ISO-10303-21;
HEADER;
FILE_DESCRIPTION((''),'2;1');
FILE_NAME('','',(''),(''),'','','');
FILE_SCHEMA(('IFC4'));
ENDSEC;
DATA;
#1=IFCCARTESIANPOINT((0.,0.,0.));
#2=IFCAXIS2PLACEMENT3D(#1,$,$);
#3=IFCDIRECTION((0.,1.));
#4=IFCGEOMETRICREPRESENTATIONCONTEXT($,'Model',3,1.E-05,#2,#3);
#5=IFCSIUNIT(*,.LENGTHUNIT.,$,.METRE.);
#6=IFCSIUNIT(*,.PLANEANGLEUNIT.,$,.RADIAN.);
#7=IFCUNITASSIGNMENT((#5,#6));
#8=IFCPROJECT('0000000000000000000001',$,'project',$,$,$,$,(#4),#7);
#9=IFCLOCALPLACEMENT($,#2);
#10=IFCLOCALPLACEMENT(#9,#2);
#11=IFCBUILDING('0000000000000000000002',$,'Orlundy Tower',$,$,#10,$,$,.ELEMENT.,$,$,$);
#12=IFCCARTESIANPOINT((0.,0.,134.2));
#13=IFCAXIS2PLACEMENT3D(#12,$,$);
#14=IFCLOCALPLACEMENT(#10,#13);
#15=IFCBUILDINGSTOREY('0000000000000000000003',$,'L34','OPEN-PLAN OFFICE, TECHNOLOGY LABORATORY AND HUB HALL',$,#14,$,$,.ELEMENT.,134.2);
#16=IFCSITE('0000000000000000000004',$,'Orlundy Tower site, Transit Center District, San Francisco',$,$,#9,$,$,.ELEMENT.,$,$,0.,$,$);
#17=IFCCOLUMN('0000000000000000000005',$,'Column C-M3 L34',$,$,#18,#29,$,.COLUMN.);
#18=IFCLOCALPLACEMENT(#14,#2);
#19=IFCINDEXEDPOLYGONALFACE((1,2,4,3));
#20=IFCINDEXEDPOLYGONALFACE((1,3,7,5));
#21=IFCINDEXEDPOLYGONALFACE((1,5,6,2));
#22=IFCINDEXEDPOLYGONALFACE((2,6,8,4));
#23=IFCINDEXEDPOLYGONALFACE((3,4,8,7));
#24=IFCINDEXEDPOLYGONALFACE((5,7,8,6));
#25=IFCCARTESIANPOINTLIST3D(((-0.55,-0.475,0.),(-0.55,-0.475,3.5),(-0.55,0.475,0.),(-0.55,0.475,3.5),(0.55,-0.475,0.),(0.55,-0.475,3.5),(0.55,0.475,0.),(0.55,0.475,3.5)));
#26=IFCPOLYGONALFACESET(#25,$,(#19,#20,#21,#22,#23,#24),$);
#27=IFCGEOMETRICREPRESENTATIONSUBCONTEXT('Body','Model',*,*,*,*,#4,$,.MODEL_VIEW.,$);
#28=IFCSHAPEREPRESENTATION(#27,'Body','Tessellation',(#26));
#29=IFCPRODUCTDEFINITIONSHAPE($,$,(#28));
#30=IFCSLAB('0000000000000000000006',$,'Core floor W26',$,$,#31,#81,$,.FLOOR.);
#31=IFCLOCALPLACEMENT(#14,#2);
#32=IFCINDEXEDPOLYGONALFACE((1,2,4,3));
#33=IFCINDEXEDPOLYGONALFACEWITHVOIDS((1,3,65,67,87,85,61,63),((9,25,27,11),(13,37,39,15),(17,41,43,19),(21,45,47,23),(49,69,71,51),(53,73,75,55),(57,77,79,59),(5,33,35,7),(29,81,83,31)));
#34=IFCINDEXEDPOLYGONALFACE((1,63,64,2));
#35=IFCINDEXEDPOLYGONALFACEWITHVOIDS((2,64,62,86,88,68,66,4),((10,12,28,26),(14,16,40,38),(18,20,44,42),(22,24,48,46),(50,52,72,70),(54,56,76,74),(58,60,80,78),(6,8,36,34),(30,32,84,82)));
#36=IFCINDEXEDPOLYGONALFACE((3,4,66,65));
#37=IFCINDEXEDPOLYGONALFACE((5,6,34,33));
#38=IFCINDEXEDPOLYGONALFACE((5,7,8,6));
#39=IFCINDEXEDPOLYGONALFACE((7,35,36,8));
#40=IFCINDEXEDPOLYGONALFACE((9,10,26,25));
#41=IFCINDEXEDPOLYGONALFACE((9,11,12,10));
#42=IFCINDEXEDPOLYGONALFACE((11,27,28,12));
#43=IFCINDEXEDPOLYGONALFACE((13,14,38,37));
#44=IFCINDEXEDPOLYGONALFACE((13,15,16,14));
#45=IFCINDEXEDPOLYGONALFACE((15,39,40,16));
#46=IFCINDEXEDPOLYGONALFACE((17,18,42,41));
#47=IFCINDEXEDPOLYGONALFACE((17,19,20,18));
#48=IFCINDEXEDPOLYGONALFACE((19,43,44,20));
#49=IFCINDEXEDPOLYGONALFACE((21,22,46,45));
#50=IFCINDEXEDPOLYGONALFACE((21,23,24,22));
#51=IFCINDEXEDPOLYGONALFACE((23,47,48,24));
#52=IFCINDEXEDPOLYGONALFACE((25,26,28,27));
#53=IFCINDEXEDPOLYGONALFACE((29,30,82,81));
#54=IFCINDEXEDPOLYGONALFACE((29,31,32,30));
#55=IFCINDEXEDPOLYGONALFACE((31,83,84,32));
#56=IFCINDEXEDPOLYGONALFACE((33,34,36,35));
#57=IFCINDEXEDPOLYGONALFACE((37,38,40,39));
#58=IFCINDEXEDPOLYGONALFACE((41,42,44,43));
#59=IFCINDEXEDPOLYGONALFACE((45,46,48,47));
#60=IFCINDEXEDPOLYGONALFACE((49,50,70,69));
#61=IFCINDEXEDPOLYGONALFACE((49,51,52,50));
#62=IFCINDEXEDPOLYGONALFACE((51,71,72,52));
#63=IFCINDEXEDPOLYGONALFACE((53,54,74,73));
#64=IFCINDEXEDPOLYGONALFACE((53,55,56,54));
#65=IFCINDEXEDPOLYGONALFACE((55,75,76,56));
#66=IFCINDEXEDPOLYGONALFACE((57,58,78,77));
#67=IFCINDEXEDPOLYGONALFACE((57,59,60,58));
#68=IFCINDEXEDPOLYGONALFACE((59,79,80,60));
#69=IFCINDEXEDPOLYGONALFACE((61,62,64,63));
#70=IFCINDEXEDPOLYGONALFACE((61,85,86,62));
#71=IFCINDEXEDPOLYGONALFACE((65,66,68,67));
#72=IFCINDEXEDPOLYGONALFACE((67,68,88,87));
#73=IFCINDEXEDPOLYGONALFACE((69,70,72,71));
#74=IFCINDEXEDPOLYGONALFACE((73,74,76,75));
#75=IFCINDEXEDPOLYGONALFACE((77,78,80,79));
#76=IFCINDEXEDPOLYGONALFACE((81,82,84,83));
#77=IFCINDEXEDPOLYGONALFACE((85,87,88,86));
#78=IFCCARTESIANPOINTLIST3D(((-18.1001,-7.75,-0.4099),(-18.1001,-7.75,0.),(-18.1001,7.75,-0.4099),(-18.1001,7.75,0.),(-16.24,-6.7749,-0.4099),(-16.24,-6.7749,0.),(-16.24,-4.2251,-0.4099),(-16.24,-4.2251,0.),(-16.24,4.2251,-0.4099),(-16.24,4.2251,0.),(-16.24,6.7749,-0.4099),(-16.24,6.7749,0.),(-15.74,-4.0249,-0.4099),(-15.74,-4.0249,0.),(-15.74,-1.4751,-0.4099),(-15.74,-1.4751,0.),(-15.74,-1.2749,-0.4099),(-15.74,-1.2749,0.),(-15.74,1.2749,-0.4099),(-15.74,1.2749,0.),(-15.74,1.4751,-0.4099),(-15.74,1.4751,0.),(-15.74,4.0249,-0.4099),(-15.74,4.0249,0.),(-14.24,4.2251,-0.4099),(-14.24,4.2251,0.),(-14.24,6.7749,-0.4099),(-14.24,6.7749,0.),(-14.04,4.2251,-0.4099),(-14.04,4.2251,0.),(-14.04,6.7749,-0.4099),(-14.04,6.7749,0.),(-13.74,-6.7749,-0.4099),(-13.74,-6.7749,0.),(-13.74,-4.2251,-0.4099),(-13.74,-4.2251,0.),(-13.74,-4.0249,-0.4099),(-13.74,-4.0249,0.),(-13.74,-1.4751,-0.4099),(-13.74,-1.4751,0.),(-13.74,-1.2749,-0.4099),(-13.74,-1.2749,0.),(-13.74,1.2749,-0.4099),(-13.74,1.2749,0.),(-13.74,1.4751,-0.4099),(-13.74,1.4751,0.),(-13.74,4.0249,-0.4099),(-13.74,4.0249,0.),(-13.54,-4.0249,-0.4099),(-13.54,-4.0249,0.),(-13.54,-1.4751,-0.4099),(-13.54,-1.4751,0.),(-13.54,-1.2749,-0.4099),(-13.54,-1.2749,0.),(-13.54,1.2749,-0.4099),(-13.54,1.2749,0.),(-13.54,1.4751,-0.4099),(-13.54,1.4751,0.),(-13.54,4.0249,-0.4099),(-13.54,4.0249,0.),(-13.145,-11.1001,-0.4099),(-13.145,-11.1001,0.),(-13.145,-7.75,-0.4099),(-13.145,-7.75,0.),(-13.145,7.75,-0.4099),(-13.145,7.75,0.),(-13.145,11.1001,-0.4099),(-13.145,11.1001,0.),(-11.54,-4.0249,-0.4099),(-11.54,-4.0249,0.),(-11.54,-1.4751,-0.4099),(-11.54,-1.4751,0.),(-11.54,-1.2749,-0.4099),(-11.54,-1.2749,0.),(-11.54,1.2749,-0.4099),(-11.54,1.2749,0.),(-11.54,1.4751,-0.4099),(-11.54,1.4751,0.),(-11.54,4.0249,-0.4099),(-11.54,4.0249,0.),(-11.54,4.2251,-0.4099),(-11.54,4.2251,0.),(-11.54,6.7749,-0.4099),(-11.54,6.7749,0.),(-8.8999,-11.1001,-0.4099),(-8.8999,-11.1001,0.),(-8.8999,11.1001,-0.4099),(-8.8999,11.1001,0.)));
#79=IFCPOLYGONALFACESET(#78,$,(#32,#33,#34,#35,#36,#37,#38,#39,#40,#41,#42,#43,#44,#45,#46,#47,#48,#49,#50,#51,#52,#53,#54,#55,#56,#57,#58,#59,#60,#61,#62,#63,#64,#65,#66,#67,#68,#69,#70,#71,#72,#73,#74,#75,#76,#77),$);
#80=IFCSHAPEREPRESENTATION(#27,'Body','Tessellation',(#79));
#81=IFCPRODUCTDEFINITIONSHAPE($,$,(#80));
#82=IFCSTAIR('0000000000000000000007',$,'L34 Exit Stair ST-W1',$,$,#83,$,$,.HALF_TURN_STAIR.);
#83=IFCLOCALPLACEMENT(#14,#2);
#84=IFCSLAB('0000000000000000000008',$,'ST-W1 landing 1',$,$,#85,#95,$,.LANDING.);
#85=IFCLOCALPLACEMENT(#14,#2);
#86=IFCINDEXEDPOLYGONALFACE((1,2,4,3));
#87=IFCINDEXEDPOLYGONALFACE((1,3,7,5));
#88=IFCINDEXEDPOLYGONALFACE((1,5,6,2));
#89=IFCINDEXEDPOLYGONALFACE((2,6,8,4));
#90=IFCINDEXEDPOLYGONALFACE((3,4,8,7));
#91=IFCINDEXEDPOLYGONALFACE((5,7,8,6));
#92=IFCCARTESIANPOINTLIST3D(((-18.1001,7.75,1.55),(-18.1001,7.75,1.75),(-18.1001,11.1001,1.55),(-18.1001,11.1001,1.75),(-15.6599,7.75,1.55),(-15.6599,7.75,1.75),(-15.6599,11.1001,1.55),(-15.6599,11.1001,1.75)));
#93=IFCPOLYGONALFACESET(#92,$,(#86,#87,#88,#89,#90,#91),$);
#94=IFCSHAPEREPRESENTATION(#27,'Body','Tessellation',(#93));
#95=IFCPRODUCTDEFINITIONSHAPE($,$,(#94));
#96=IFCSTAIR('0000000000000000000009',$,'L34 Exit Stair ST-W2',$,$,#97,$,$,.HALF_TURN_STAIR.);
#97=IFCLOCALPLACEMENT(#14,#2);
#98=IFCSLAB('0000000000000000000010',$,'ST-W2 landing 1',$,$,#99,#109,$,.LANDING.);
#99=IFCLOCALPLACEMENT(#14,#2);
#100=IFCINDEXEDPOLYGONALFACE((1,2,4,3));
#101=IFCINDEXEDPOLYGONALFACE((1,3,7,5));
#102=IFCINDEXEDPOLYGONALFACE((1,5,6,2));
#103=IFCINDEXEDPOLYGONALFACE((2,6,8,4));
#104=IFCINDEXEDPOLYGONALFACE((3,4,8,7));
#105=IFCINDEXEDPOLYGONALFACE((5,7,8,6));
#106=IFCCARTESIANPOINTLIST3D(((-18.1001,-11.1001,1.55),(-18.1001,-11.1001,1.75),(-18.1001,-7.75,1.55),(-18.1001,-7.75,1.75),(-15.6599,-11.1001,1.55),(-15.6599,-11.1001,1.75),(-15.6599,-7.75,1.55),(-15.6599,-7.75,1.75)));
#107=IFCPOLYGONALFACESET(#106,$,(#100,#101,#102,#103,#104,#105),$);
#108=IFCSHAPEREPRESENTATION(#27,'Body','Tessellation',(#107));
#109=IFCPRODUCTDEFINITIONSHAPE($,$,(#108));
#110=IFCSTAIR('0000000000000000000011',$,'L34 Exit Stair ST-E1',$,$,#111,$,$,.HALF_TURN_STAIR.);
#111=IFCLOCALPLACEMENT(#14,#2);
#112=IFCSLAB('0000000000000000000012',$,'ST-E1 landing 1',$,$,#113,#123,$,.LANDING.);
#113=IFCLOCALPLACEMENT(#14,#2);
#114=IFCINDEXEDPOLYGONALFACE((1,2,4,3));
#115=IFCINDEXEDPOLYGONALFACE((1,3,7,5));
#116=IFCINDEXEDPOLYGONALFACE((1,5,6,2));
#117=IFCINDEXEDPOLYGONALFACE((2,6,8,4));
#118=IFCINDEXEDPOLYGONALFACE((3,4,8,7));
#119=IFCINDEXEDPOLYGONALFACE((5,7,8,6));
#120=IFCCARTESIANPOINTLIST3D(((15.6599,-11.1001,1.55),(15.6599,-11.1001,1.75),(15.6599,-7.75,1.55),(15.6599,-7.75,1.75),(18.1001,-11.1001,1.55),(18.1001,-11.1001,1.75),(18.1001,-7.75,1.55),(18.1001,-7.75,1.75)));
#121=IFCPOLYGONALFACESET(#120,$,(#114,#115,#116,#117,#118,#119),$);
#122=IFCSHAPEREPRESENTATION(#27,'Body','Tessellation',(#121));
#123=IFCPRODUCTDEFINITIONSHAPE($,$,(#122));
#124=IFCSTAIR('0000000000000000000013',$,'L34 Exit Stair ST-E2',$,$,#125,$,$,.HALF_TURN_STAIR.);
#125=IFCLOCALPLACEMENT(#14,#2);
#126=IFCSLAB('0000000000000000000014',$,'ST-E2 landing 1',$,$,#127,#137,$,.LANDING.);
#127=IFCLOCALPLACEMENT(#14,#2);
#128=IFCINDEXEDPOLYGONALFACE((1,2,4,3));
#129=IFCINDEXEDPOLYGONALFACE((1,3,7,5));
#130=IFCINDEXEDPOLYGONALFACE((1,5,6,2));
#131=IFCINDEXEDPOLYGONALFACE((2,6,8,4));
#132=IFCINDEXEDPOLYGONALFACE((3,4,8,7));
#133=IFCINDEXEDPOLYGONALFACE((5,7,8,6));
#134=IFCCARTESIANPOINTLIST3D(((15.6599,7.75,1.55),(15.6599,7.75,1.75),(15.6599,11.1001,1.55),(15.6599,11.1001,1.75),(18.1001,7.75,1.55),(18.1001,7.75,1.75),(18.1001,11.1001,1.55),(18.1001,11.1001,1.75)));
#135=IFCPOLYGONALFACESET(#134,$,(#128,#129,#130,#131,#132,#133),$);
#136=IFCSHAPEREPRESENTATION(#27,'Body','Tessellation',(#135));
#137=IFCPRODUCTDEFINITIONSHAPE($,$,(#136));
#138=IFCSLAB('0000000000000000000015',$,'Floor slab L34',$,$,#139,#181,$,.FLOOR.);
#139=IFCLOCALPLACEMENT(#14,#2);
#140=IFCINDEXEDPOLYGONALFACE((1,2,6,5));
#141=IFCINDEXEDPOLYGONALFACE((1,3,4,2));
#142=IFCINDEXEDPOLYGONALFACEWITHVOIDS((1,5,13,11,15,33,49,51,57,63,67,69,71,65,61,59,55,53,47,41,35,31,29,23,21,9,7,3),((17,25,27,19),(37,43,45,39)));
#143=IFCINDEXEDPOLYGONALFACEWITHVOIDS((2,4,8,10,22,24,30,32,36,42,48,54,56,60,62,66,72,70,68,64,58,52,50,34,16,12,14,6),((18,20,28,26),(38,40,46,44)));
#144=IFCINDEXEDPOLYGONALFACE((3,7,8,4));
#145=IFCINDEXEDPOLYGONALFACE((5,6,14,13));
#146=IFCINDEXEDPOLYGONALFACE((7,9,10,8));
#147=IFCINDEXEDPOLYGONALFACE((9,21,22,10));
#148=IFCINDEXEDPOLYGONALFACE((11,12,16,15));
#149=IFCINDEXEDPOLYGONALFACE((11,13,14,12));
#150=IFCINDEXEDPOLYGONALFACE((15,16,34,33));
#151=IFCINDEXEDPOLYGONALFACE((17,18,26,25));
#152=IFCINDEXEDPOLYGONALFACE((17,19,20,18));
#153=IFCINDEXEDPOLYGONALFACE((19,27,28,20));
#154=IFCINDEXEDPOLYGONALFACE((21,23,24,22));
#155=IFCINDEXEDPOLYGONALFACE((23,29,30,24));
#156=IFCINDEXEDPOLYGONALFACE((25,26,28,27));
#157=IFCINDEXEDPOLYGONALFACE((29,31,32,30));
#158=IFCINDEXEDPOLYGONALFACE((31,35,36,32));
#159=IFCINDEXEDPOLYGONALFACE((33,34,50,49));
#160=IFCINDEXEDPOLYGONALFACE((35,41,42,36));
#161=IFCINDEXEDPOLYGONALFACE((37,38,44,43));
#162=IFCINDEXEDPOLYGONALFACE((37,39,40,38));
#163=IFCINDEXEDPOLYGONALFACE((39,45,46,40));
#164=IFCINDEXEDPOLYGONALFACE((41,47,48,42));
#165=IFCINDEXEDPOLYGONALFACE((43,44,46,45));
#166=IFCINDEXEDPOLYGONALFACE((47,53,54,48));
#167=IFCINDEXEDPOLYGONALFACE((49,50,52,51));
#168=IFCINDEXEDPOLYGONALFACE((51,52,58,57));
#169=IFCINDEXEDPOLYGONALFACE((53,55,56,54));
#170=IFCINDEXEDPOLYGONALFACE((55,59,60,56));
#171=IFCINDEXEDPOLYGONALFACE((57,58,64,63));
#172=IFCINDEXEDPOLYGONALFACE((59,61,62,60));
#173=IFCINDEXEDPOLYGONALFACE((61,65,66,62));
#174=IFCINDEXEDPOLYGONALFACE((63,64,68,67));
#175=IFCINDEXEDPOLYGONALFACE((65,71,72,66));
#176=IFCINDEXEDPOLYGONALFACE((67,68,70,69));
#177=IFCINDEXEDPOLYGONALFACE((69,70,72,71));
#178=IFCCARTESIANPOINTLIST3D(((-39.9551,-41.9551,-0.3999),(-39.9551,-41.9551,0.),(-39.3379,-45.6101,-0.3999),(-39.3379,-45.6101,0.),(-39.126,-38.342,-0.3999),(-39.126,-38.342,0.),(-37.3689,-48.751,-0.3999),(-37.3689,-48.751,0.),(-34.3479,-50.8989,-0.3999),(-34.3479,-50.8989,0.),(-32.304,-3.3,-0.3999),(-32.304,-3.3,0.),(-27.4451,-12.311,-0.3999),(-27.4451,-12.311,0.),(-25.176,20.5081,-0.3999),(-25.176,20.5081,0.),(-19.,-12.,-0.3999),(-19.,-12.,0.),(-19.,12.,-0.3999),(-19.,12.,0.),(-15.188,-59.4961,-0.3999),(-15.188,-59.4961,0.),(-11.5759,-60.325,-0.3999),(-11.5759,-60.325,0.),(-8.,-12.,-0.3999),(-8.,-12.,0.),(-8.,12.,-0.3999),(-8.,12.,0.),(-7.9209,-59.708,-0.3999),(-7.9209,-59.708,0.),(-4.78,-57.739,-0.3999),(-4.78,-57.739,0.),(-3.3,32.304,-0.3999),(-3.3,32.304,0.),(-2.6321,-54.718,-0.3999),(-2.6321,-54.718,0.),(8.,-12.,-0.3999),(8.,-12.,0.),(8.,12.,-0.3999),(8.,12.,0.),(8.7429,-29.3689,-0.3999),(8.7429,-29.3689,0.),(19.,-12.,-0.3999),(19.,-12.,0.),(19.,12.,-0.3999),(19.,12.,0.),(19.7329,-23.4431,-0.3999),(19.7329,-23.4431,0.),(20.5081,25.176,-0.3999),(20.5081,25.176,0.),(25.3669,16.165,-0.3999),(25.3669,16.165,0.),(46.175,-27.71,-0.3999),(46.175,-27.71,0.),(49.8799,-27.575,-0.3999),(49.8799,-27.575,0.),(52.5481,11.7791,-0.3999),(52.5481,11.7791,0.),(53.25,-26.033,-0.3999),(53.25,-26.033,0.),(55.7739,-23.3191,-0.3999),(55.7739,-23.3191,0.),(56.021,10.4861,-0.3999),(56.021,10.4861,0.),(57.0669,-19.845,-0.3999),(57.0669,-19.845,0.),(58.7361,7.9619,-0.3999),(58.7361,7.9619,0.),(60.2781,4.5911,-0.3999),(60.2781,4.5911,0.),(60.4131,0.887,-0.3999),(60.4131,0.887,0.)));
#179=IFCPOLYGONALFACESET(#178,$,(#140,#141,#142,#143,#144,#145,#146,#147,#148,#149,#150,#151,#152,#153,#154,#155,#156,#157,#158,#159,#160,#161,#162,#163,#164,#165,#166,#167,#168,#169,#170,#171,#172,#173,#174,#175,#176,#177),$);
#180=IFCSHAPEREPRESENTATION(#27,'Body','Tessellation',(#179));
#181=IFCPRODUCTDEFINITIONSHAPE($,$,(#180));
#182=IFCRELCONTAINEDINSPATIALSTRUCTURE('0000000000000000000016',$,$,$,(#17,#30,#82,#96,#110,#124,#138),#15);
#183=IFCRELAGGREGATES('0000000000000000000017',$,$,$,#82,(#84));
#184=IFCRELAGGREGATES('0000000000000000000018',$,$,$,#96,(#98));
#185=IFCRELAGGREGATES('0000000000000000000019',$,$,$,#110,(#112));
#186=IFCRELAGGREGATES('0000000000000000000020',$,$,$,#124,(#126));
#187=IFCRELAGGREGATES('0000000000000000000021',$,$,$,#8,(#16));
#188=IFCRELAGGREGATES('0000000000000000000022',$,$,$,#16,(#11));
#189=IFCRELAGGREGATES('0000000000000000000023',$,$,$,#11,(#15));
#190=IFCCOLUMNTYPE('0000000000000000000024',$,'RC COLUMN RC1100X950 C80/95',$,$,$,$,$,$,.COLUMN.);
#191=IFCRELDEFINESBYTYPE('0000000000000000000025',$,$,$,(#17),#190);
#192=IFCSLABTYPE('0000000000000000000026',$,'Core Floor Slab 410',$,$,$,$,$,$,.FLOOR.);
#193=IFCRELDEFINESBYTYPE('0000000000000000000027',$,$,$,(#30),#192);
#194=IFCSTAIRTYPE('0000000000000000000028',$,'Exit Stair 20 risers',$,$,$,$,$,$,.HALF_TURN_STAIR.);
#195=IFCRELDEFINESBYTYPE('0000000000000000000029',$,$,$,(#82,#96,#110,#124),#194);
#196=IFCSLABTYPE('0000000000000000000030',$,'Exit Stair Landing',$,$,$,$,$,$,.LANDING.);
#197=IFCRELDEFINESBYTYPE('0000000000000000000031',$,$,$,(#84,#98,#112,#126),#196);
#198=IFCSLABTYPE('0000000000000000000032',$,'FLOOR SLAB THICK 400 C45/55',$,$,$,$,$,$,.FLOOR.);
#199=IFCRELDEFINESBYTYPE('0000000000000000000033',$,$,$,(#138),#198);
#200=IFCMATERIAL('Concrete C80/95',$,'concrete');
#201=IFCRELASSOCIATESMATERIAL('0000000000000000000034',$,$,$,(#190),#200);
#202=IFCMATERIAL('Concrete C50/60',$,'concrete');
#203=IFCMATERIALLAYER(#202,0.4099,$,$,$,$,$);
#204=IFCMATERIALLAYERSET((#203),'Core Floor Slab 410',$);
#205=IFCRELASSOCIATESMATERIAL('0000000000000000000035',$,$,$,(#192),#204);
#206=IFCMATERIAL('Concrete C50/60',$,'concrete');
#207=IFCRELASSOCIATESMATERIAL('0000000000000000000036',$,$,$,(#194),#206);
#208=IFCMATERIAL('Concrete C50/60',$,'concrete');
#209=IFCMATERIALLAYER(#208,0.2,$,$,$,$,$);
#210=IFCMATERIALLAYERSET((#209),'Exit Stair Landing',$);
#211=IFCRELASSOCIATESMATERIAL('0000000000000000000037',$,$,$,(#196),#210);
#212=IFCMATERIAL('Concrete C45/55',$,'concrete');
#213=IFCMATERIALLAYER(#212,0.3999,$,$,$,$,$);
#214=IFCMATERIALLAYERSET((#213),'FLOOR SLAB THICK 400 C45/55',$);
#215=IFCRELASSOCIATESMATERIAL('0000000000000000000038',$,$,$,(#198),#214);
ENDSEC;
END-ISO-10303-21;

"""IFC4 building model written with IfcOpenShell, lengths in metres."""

from ifc_helpers import new_model, si_unit, direction, frame, origin, origin_with_axes, origin_2d, place, context, subcontext, project, spatial, polyline, rectangle, outline, extrude, material, layer, layer_set, material_profile, profile_set, type_object, element, aggregate, save


model = new_model("IFC4")

# Units and contexts
model_context = context("Model", 3, precision=1e-05, world=origin(), true_north=direction((0.0, 1.0)))
body_context = subcontext(model_context, "Body", "Model", "MODEL_VIEW")
ifc_project = project(units=[si_unit("LENGTHUNIT", "METRE"), si_unit("PLANEANGLEUNIT", "RADIAN")], contexts=[model_context])

# Site, building, storey
site_placement = place(None, origin())
site = spatial("IfcSite", under=ifc_project, at=site_placement, Name="Orlundy Tower site, Transit Center District, San Francisco", CompositionType="ELEMENT", RefElevation=0.0)
building_placement = place(site_placement, origin())
building = spatial("IfcBuilding", under=site, at=building_placement, Name="Orlundy Tower", CompositionType="ELEMENT")
storey_placement = place(building_placement, frame((0.0, 0.0, 134.2)))
storey = spatial("IfcBuildingStorey", under=building, at=storey_placement, Name="L34", Description="OPEN-PLAN OFFICE, TECHNOLOGY LABORATORY AND HUB HALL", CompositionType="ELEMENT", Elevation=134.2)

# Column
ifc_material_1 = material(Name="Concrete C80/95", Category="concrete")
ifc_material_profile = material_profile(ifc_material_1, rectangle(XDim=1.1001, YDim=0.95, at=origin_2d()), Name="RC1100X950")
ifc_profile_set = profile_set([ifc_material_profile], Name="Concrete C80/95")
column_type = type_object("IfcColumnType", Name="RC COLUMN RC1100X950 C80/95", PredefinedType="COLUMN", material=ifc_profile_set)
column_placement = place(storey_placement, origin_with_axes())
element("IfcColumn", 1, at=column_placement, inside=storey, type_object=column_type, Name="Column C-M3 L34", PredefinedType="COLUMN", context=body_context, shape_type="SweptSolid", body=[
    extrude(rectangle(XDim=1.1001, YDim=0.95, at=origin_2d()), origin(), (0.0, 0.0, 1.0), 3.5),
])

# Slab
ifc_material_2 = material(Name="Concrete C50/60", Category="concrete")
ifc_layer_1 = layer(ifc_material_2, 0.4099)
ifc_layer_set_1 = layer_set([ifc_layer_1], Name="Core Floor Slab 410")
slab_type_1 = type_object("IfcSlabType", Name="Core Floor Slab 410", PredefinedType="FLOOR", material=ifc_layer_set_1)
slab_1_placement = place(storey_placement, frame((0.0, 0.0, -0.4099)))
element("IfcSlab", 2, at=slab_1_placement, inside=storey, type_object=slab_type_1, Name="Core floor W26", PredefinedType="FLOOR", context=body_context, shape_type="SweptSolid", body=[
    extrude(outline(polyline([(-13.145, 7.75), (-13.145, 11.1001), (-8.8999, 11.1001), (-8.8999, -11.1001), (-13.145, -11.1001), (-13.145, -7.75), (-18.1001, -7.75), (-18.1001, 7.75), (-13.145, 7.75)]), holes=[polyline([(-16.24, -6.7749), (-13.74, -6.7749), (-13.74, -4.2251), (-16.24, -4.2251), (-16.24, -6.7749)]), polyline([(-13.54, -1.4751), (-13.54, -4.0249), (-11.54, -4.0249), (-11.54, -1.4751), (-13.54, -1.4751)]), polyline([(-13.74, -1.4751), (-15.74, -1.4751), (-15.74, -4.0249), (-13.74, -4.0249), (-13.74, -1.4751)]), polyline([(-11.54, -1.2749), (-11.54, 1.2749), (-13.54, 1.2749), (-13.54, -1.2749), (-11.54, -1.2749)]), polyline([(-15.74, -1.2749), (-13.74, -1.2749), (-13.74, 1.2749), (-15.74, 1.2749), (-15.74, -1.2749)]), polyline([(-13.54, 4.0249), (-13.54, 1.4751), (-11.54, 1.4751), (-11.54, 4.0249), (-13.54, 4.0249)]), polyline([(-13.74, 4.0249), (-15.74, 4.0249), (-15.74, 1.4751), (-13.74, 1.4751), (-13.74, 4.0249)]), polyline([(-11.54, 4.2251), (-11.54, 6.7749), (-14.04, 6.7749), (-14.04, 4.2251), (-11.54, 4.2251)]), polyline([(-16.24, 4.2251), (-14.24, 4.2251), (-14.24, 6.7749), (-16.24, 6.7749), (-16.24, 4.2251)])]), origin(), (0.0, 0.0, 1.0), 0.4099),
])

# Stairs, slabs
ifc_material_3 = material(Name="Concrete C50/60", Category="concrete")
stair_type = type_object("IfcStairType", Name="Exit Stair 20 risers", PredefinedType="HALF_TURN_STAIR", material=ifc_material_3)
stair_1_placement = place(storey_placement, origin())
stair_1 = element("IfcStair", 3, at=stair_1_placement, inside=storey, type_object=stair_type, Name="L34 Exit Stair ST-W1", PredefinedType="HALF_TURN_STAIR")
ifc_material_4 = material(Name="Concrete C50/60", Category="concrete")
ifc_layer_2 = layer(ifc_material_4, 0.2)
ifc_layer_set_2 = layer_set([ifc_layer_2], Name="Exit Stair Landing")
slab_type_2 = type_object("IfcSlabType", Name="Exit Stair Landing", PredefinedType="LANDING", material=ifc_layer_set_2)
slab_2_placement = place(storey_placement, frame((0.0, 0.0, 1.55)))
slab_2 = element("IfcSlab", 4, at=slab_2_placement, type_object=slab_type_2, Name="ST-W1 landing 1", PredefinedType="LANDING", context=body_context, shape_type="SweptSolid", body=[
    extrude(outline(polyline([(-15.6599, 11.1001), (-18.1001, 11.1001), (-18.1001, 7.75), (-15.6599, 7.75), (-15.6599, 11.1001)])), origin(), (0.0, 0.0, 1.0), 0.2),
])
aggregate(stair_1, [slab_2])
stair_2_placement = place(storey_placement, origin())
stair_2 = element("IfcStair", 5, at=stair_2_placement, inside=storey, type_object=stair_type, Name="L34 Exit Stair ST-W2", PredefinedType="HALF_TURN_STAIR")
slab_3_placement = place(storey_placement, frame((0.0, 0.0, 1.55)))
slab_3 = element("IfcSlab", 6, at=slab_3_placement, type_object=slab_type_2, Name="ST-W2 landing 1", PredefinedType="LANDING", context=body_context, shape_type="SweptSolid", body=[
    extrude(outline(polyline([(-15.6599, -7.75), (-18.1001, -7.75), (-18.1001, -11.1001), (-15.6599, -11.1001), (-15.6599, -7.75)])), origin(), (0.0, 0.0, 1.0), 0.2),
])
aggregate(stair_2, [slab_3])
stair_3_placement = place(storey_placement, origin())
stair_3 = element("IfcStair", 7, at=stair_3_placement, inside=storey, type_object=stair_type, Name="L34 Exit Stair ST-E1", PredefinedType="HALF_TURN_STAIR")
slab_4_placement = place(storey_placement, frame((0.0, 0.0, 1.55)))
slab_4 = element("IfcSlab", 8, at=slab_4_placement, type_object=slab_type_2, Name="ST-E1 landing 1", PredefinedType="LANDING", context=body_context, shape_type="SweptSolid", body=[
    extrude(outline(polyline([(15.6599, -11.1001), (18.1001, -11.1001), (18.1001, -7.75), (15.6599, -7.75), (15.6599, -11.1001)])), origin(), (0.0, 0.0, 1.0), 0.2),
])
aggregate(stair_3, [slab_4])
stair_4_placement = place(storey_placement, origin())
stair_4 = element("IfcStair", 9, at=stair_4_placement, inside=storey, type_object=stair_type, Name="L34 Exit Stair ST-E2", PredefinedType="HALF_TURN_STAIR")
slab_5_placement = place(storey_placement, frame((0.0, 0.0, 1.55)))
slab_5 = element("IfcSlab", 10, at=slab_5_placement, type_object=slab_type_2, Name="ST-E2 landing 1", PredefinedType="LANDING", context=body_context, shape_type="SweptSolid", body=[
    extrude(outline(polyline([(15.6599, 7.75), (18.1001, 7.75), (18.1001, 11.1001), (15.6599, 11.1001), (15.6599, 7.75)])), origin(), (0.0, 0.0, 1.0), 0.2),
])
aggregate(stair_4, [slab_5])

# Slab
ifc_material_5 = material(Name="Concrete C45/55", Category="concrete")
ifc_layer_3 = layer(ifc_material_5, 0.3999)
ifc_layer_set_3 = layer_set([ifc_layer_3], Name="FLOOR SLAB THICK 400 C45/55")
slab_type_3 = type_object("IfcSlabType", Name="FLOOR SLAB THICK 400 C45/55", PredefinedType="FLOOR", material=ifc_layer_set_3)
slab_6_placement = place(storey_placement, frame((0.0, 0.0, -0.3999)))
element("IfcSlab", 11, at=slab_6_placement, inside=storey, type_object=slab_type_3, Name="Floor slab L34", PredefinedType="FLOOR", context=body_context, shape_type="SweptSolid", body=[
    extrude(outline(polyline([(-27.4451, -12.311), (-32.304, -3.3), (-25.176, 20.5081), (-3.3, 32.304), (20.5081, 25.176), (25.3669, 16.165), (52.5481, 11.7791), (56.021, 10.4861), (58.7361, 7.9619), (60.2781, 4.5911), (60.4131, 0.887), (57.0669, -19.845), (55.7739, -23.3191), (53.25, -26.033), (49.8799, -27.575), (46.175, -27.71), (19.7329, -23.4431), (8.7429, -29.3689), (-2.6321, -54.718), (-4.78, -57.739), (-7.9209, -59.708), (-11.5759, -60.325), (-15.188, -59.4961), (-34.3479, -50.8989), (-37.3689, -48.751), (-39.3379, -45.6101), (-39.9551, -41.9551), (-39.126, -38.342), (-27.4451, -12.311)]), holes=[polyline([(-8.0, -12.0), (-8.0, 12.0), (-19.0, 12.0), (-19.0, -12.0), (-8.0, -12.0)]), polyline([(19.0, -12.0), (19.0, 12.0), (8.0, 12.0), (8.0, -12.0), (19.0, -12.0)])]), origin(), (0.0, 0.0, 1.0), 0.3999),
])

save(model, "model.ifc")
